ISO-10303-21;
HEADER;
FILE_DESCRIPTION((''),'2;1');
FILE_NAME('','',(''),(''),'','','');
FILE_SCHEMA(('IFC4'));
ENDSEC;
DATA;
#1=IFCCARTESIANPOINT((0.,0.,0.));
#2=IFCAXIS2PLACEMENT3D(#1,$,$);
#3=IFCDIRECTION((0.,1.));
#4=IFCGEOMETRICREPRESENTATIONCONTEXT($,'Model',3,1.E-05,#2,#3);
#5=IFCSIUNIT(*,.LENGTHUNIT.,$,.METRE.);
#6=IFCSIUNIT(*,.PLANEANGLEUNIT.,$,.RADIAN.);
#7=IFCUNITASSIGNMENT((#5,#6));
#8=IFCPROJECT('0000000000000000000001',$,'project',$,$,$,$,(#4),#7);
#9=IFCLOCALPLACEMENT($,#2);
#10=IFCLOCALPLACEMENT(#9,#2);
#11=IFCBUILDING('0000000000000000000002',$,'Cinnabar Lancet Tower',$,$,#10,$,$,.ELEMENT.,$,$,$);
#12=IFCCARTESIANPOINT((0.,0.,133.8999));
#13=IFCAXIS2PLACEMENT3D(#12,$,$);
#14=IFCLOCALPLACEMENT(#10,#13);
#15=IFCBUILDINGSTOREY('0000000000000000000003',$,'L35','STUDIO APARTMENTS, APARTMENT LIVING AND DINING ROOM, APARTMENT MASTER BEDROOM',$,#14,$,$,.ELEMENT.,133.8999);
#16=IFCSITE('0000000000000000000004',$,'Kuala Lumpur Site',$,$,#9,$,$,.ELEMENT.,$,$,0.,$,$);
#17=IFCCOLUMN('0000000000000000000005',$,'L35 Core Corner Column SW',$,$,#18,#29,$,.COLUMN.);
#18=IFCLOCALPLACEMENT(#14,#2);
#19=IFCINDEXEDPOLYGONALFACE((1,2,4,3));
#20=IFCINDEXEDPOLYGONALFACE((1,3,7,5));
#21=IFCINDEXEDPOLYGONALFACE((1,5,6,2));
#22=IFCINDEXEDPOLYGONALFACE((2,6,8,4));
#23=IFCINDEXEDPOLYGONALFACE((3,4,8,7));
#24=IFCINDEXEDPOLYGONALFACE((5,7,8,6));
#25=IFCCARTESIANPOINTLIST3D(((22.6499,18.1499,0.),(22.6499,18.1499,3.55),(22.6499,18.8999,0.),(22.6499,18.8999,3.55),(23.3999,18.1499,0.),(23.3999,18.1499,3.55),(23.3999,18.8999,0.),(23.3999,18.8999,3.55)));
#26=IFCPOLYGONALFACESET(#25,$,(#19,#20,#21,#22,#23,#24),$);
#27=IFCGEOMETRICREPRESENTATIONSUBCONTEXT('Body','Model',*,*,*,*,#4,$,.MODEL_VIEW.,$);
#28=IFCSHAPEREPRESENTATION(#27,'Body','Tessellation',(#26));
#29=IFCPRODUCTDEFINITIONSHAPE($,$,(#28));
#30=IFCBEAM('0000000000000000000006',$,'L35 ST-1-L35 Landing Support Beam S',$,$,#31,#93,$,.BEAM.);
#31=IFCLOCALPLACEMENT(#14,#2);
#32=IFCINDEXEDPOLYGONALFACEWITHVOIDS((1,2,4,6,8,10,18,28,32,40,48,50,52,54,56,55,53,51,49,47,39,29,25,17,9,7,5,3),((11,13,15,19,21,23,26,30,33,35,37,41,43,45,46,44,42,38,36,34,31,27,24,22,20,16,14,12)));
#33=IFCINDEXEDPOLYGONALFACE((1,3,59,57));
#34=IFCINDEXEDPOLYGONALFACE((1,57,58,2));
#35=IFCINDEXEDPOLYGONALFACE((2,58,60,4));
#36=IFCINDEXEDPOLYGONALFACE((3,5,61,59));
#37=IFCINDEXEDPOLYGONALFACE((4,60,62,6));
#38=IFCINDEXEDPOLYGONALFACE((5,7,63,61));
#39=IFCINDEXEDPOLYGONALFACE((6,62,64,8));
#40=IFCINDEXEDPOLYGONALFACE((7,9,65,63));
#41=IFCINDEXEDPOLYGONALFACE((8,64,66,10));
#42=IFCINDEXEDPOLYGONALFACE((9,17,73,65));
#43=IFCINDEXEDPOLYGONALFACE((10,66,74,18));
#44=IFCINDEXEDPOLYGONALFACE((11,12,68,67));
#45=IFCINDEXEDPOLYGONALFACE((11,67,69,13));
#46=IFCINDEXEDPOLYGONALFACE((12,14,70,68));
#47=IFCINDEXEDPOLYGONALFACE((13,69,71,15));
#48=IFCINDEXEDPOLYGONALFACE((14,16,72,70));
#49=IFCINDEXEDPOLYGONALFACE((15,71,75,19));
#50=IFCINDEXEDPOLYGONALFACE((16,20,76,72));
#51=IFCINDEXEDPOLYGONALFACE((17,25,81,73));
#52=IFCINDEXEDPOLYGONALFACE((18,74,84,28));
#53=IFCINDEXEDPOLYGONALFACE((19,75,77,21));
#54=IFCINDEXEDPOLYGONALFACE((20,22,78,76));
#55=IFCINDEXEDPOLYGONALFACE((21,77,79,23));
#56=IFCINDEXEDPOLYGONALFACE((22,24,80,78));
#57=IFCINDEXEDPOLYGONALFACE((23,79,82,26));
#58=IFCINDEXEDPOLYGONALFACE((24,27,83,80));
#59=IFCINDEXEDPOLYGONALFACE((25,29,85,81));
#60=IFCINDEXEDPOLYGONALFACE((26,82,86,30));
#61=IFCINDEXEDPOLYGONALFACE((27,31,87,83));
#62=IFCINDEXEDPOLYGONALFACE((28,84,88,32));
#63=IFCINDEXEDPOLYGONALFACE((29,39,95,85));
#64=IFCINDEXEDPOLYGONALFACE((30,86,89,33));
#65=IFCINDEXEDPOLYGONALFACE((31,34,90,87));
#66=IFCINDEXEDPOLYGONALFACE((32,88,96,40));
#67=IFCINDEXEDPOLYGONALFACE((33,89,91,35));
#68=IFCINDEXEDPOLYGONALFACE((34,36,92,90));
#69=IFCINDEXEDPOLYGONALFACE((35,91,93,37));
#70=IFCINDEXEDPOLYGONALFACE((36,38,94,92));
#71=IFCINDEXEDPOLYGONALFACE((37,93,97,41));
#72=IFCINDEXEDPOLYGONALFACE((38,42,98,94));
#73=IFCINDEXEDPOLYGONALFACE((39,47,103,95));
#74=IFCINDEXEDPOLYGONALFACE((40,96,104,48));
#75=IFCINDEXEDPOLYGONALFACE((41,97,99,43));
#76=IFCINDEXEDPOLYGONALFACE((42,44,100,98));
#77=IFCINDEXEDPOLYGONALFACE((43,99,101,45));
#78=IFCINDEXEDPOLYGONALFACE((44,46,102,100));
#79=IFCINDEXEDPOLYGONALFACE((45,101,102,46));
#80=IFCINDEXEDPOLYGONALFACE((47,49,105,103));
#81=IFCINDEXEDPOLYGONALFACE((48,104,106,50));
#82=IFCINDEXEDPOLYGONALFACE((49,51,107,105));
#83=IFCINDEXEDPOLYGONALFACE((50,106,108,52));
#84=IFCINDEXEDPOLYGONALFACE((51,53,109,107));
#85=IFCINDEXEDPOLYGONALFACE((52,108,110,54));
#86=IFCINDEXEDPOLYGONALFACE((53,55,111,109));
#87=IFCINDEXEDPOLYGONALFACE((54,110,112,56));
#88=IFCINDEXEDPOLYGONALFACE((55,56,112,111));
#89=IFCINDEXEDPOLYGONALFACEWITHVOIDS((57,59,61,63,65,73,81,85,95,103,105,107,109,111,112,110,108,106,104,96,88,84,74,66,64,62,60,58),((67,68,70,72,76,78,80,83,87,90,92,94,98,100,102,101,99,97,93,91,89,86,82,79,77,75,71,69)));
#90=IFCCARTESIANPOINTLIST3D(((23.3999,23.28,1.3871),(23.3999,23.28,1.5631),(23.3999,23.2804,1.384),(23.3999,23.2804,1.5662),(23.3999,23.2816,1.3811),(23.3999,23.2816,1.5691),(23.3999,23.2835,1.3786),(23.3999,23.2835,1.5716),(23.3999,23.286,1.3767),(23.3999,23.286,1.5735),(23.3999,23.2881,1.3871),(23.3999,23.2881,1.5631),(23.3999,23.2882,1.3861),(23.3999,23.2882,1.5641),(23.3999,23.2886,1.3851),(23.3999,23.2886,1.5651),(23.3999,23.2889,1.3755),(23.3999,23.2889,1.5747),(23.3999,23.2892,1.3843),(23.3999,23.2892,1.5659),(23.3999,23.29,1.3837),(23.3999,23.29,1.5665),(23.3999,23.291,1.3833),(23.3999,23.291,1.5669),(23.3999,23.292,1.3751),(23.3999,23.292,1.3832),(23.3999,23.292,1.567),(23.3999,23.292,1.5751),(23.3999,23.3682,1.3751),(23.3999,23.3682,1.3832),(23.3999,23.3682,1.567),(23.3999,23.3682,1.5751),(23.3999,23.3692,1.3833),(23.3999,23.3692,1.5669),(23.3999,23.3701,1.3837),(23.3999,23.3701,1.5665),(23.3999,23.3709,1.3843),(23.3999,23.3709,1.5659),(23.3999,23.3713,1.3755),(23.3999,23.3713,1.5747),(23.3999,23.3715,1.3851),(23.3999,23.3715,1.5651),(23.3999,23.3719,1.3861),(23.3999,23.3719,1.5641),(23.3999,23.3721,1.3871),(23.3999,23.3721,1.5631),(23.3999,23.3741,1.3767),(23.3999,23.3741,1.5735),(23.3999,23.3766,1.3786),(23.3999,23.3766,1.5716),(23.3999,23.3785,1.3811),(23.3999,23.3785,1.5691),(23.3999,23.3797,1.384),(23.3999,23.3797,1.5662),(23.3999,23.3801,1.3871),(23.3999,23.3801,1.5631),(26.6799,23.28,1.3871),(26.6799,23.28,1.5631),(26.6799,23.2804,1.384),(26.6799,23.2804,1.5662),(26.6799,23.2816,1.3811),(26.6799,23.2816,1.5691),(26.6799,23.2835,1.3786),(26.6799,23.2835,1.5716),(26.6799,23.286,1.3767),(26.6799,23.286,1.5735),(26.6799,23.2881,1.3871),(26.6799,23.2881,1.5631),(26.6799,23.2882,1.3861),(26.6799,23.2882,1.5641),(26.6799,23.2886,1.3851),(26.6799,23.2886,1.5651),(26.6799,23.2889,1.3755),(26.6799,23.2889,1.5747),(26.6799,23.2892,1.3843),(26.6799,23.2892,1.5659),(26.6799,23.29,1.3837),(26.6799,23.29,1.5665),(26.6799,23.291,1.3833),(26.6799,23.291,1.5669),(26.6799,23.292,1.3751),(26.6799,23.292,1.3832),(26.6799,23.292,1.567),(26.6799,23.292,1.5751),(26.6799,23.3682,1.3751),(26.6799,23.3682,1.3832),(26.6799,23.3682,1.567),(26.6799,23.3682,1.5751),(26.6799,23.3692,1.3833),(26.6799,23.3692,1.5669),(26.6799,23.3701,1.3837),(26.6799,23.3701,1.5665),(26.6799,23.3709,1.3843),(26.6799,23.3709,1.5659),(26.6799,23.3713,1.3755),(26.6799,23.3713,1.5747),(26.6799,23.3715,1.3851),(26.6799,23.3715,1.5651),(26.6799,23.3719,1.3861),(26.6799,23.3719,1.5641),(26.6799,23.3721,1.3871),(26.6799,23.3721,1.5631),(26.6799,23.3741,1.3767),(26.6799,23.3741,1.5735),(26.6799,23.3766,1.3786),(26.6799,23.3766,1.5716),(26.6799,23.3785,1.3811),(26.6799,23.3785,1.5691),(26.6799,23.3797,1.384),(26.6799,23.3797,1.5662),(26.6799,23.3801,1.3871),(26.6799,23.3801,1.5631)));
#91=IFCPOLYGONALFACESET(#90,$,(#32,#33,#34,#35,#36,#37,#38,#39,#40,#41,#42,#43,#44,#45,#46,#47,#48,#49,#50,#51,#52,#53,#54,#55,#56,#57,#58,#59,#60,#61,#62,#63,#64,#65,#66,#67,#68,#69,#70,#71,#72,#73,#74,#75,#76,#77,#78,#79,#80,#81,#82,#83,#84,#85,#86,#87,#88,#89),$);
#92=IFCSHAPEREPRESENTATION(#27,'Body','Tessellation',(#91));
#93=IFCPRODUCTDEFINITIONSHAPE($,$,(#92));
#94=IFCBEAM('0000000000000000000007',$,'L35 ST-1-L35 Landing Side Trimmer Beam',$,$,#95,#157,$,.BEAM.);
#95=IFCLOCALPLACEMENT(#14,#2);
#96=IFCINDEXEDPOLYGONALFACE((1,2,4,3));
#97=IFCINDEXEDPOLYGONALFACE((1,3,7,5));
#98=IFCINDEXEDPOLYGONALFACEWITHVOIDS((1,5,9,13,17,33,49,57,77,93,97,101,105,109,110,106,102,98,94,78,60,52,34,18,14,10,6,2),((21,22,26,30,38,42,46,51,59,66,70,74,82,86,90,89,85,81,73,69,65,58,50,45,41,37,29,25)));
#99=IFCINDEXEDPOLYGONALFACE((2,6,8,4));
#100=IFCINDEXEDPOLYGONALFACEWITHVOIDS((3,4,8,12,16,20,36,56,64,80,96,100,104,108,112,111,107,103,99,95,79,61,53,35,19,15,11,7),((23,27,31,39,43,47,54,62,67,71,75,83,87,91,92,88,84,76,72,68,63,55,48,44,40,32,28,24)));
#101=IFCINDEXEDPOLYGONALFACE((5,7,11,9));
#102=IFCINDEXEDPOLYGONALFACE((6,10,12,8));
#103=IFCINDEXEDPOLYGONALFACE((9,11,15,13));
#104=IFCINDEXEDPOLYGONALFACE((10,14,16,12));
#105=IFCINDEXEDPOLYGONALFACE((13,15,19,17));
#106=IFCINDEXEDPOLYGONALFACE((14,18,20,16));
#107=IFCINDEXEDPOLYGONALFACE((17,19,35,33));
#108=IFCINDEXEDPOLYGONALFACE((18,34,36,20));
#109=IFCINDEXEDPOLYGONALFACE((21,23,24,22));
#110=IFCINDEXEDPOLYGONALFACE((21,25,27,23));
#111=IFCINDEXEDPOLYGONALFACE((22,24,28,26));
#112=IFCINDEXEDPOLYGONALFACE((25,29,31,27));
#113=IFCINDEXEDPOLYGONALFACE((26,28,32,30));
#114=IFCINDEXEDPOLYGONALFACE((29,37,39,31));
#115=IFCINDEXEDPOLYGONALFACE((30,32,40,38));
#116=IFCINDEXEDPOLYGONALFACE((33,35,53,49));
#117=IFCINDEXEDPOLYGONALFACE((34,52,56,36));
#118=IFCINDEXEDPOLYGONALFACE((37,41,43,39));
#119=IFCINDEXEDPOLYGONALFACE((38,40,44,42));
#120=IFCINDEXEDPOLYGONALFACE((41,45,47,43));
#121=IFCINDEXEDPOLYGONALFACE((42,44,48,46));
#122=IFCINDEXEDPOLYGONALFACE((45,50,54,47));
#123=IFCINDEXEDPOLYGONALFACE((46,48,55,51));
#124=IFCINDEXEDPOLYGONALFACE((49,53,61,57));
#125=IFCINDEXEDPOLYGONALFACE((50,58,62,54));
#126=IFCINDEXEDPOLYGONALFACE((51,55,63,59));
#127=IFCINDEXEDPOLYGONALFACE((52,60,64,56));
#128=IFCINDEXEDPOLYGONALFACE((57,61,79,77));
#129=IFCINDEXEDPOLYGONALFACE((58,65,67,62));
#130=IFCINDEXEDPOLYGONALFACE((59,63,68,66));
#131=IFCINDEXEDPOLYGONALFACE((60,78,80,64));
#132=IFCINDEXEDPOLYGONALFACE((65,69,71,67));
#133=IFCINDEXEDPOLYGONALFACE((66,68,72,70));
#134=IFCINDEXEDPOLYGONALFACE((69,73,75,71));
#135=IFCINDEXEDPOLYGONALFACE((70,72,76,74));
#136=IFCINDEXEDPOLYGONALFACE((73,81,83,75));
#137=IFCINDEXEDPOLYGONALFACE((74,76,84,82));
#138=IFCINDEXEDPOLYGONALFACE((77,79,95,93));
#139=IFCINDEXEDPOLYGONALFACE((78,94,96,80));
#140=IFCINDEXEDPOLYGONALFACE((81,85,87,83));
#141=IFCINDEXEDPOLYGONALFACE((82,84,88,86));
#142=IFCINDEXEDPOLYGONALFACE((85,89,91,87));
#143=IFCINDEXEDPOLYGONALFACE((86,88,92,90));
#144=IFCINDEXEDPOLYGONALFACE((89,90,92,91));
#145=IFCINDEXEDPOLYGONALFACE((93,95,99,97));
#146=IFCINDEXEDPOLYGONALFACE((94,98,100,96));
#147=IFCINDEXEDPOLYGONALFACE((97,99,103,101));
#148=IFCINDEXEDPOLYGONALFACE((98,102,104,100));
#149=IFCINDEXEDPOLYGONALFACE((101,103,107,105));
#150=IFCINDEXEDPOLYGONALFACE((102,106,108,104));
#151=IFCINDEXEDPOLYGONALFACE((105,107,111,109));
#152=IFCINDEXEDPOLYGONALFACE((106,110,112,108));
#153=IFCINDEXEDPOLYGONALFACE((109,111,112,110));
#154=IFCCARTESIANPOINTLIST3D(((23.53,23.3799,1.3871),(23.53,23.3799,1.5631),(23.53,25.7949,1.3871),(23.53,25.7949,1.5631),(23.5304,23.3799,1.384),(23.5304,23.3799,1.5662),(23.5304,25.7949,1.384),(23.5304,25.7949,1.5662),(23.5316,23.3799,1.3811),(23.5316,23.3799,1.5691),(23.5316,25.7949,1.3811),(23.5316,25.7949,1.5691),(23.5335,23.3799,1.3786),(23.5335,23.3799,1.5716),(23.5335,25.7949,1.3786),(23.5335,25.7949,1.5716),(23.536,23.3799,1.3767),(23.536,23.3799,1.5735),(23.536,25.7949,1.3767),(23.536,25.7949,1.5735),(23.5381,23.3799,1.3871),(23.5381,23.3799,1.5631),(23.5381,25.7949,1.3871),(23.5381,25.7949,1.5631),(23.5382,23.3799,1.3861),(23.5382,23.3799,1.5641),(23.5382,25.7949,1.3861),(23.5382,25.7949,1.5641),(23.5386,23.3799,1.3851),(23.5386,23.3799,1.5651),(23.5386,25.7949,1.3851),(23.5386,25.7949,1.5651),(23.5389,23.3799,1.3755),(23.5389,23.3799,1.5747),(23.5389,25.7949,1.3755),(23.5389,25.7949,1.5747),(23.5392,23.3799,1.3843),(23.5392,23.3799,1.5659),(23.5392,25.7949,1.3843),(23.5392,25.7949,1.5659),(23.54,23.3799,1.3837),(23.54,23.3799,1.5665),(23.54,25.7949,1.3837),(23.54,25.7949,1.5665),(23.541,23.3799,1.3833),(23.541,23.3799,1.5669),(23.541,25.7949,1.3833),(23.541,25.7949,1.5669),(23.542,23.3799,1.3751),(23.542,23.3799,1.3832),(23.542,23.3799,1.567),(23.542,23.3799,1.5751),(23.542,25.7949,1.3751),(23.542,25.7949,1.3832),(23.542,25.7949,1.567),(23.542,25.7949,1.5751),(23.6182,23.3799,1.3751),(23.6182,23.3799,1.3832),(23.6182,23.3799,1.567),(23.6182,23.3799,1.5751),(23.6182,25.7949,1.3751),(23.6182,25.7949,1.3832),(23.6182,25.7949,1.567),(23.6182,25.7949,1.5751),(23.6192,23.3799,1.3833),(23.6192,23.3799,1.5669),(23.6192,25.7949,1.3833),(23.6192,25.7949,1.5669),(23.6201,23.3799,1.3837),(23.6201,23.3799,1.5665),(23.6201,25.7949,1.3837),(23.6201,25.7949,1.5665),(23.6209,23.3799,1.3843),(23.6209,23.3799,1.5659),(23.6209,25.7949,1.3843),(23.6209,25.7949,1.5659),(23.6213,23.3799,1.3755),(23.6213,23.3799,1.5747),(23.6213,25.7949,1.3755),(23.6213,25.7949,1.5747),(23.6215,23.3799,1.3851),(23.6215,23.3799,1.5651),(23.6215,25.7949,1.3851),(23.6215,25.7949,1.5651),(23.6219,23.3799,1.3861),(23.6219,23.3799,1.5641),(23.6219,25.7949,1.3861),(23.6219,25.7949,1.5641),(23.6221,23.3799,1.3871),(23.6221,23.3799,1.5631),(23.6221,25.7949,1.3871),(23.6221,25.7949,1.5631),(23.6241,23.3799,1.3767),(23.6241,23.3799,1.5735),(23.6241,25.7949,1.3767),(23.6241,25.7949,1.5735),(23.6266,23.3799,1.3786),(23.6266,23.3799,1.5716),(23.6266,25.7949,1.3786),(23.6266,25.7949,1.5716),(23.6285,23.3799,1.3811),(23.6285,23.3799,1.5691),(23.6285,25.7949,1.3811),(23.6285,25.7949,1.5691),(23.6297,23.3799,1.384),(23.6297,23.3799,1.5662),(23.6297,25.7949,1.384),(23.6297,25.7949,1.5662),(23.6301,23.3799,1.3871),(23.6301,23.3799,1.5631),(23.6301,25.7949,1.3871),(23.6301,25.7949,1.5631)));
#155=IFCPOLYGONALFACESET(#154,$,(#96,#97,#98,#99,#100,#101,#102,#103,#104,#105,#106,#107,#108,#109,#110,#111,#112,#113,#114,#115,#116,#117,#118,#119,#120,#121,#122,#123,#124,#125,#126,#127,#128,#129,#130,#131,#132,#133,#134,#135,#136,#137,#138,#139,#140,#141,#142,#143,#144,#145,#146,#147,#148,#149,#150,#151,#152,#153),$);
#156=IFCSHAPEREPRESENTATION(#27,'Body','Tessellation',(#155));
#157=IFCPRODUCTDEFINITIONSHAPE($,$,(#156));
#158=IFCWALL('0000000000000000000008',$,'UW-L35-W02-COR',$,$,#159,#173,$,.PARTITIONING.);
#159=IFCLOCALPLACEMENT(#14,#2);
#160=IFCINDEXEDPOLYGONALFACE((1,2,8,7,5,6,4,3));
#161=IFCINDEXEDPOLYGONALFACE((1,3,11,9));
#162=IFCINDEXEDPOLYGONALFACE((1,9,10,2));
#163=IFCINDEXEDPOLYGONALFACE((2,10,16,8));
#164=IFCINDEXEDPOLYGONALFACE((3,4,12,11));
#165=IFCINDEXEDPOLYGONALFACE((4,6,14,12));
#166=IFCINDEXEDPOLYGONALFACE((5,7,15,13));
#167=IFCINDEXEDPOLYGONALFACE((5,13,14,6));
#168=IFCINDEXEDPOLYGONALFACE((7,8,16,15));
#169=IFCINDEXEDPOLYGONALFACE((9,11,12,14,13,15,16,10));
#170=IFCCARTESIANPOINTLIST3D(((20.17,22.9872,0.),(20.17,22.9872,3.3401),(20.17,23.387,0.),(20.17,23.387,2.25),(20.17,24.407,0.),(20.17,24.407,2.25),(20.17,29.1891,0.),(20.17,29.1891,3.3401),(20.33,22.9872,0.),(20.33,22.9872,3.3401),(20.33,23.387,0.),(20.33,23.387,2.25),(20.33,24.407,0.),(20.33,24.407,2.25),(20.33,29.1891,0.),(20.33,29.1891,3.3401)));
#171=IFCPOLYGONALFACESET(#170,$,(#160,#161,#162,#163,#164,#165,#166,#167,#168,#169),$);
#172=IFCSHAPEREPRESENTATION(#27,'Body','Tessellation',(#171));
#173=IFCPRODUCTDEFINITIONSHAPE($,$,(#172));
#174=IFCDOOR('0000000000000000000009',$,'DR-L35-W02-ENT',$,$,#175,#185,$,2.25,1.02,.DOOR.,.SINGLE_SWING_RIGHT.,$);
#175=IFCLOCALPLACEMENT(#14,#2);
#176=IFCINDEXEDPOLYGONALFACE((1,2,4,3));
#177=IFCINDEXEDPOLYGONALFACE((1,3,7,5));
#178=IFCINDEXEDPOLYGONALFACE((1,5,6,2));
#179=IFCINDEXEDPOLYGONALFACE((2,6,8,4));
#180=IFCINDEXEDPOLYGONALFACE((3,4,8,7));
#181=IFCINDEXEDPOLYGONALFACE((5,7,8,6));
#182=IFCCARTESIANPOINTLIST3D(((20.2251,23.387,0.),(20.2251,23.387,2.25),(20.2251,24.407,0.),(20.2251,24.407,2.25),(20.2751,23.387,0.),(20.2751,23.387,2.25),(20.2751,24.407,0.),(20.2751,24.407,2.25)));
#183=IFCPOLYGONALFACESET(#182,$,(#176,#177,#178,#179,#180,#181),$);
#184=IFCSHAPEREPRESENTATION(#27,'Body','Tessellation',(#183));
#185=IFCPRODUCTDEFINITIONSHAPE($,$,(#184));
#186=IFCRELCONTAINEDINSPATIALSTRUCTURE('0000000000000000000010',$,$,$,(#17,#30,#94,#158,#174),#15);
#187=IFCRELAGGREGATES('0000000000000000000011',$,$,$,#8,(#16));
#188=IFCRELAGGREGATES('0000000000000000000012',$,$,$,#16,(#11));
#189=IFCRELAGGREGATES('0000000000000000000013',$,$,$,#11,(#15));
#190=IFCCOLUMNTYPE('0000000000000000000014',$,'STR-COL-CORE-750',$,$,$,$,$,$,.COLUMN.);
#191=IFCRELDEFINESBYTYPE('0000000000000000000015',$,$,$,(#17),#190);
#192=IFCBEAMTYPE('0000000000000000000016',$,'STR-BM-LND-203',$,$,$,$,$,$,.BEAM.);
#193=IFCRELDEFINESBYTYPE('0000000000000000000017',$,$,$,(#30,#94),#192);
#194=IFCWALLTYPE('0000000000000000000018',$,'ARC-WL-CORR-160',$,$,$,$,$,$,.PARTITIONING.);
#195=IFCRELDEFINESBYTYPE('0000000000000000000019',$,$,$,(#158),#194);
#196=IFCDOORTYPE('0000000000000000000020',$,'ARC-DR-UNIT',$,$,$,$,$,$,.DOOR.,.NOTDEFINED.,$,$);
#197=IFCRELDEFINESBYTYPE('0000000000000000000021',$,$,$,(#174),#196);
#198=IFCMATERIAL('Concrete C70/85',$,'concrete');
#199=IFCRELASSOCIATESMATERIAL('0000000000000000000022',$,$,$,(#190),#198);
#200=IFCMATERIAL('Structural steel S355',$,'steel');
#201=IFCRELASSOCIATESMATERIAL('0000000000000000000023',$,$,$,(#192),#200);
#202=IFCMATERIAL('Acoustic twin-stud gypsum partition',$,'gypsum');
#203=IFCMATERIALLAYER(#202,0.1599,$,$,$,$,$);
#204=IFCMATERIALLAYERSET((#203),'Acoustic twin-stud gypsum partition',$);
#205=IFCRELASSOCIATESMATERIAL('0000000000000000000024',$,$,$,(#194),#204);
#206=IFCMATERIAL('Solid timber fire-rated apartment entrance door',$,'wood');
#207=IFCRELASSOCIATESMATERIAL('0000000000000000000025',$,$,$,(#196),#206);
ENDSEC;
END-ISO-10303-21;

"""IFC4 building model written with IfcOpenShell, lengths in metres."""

from ifc_helpers import new_model, si_unit, direction, frame, frame_2d, origin, origin_2d, place, context, subcontext, project, spatial, rectangle, hollow_rectangle, extrude, material, layer, layer_set, material_profile, profile_set, type_object, element, fill, save


model = new_model("IFC4")

# Units and contexts
model_context = context("Model", 3, precision=1e-05, world=origin(), true_north=direction((0.0, 1.0)))
body_context = subcontext(model_context, "Body", "Model", "MODEL_VIEW")
ifc_project = project(units=[si_unit("LENGTHUNIT", "METRE"), si_unit("PLANEANGLEUNIT", "RADIAN")], contexts=[model_context])

# Site, building, storey
site_placement = place(None, origin())
site = spatial("IfcSite", under=ifc_project, at=site_placement, Name="Kuala Lumpur Site", CompositionType="ELEMENT", RefElevation=0.0)
building_placement = place(site_placement, origin())
building = spatial("IfcBuilding", under=site, at=building_placement, Name="Cinnabar Lancet Tower", CompositionType="ELEMENT")
storey_placement = place(building_placement, frame((0.0, 0.0, 133.8999)))
storey = spatial("IfcBuildingStorey", under=building, at=storey_placement, Name="L35", Description="STUDIO APARTMENTS, APARTMENT LIVING AND DINING ROOM, APARTMENT MASTER BEDROOM", CompositionType="ELEMENT", Elevation=133.8999)

# Column
ifc_material_1 = material(Name="Concrete C70/85", Category="concrete")
ifc_material_profile_1 = material_profile(ifc_material_1, rectangle(XDim=0.75, YDim=0.75, at=origin_2d()), Name="RC-COL 750x750")
ifc_profile_set_1 = profile_set([ifc_material_profile_1], Name="Concrete C70/85")
column_type = type_object("IfcColumnType", Name="STR-COL-CORE-750", PredefinedType="COLUMN", material=ifc_profile_set_1)
column_placement = place(storey_placement, frame((23.0249, 18.5249, 0.0), z_axis=(0.0, 0.0, 1.0), x_axis=(1.0, 0.0, 0.0)))
element("IfcColumn", 1, at=column_placement, inside=storey, type_object=column_type, Name="L35 Core Corner Column SW", PredefinedType="COLUMN", context=body_context, shape_type="SweptSolid", body=[
    extrude(rectangle(XDim=0.75, YDim=0.75, at=origin_2d()), origin(), (0.0, 0.0, 1.0), 3.55),
])

# Beams
ifc_material_2 = material(Name="Structural steel S355", Category="steel")
ifc_material_profile_2 = material_profile(ifc_material_2, hollow_rectangle(XDim=0.1001, YDim=0.2, WallThickness=0.0081, InnerFilletRadius=0.0039, OuterFilletRadius=0.012, at=origin_2d()), Name="RHS 200x100x8")
ifc_profile_set_2 = profile_set([ifc_material_profile_2], Name="Structural steel S355")
beam_type = type_object("IfcBeamType", Name="STR-BM-LND-203", PredefinedType="BEAM", material=ifc_profile_set_2)
beam_1_placement = place(storey_placement, frame((23.3999, 23.3301, 1.4751), z_axis=(1.0, 0.0, 0.0), x_axis=(0.0, 1.0, 0.0)))
element("IfcBeam", 2, at=beam_1_placement, inside=storey, type_object=beam_type, Name="L35 ST-1-L35 Landing Support Beam S", PredefinedType="BEAM", context=body_context, shape_type="SweptSolid", body=[
    extrude(hollow_rectangle(XDim=0.1001, YDim=0.2, WallThickness=0.0081, InnerFilletRadius=0.0039, OuterFilletRadius=0.012, at=origin_2d()), origin(), (0.0, 0.0, 1.0), 3.28),
])
beam_2_placement = place(storey_placement, frame((23.5801, 23.3799, 1.4751), z_axis=(0.0, 1.0, 0.0), x_axis=(-1.0, 0.0, 0.0)))
element("IfcBeam", 3, at=beam_2_placement, inside=storey, type_object=beam_type, Name="L35 ST-1-L35 Landing Side Trimmer Beam", PredefinedType="BEAM", context=body_context, shape_type="SweptSolid", body=[
    extrude(hollow_rectangle(XDim=0.1001, YDim=0.2, WallThickness=0.0081, InnerFilletRadius=0.0039, OuterFilletRadius=0.012, at=origin_2d()), origin(), (0.0, 0.0, 1.0), 2.415),
])

# Wall, opening, door
ifc_material_3 = material(Name="Acoustic twin-stud gypsum partition", Category="gypsum")
ifc_layer_1 = layer(ifc_material_3, 0.1599)
ifc_layer_set_1 = layer_set([ifc_layer_1], Name="Acoustic twin-stud gypsum partition")
wall_type_1 = type_object("IfcWallType", Name="ARC-WL-CORR-160", PredefinedType="PARTITIONING", material=ifc_layer_set_1)
wall_1_placement = place(storey_placement, frame((20.25, 22.9871, 0.0), z_axis=(0.0, 0.0, 1.0), x_axis=(0.0, 1.0, 0.0)))
wall_1 = element("IfcWall", 4, at=wall_1_placement, inside=storey, type_object=wall_type_1, Name="UW-L35-W02-COR", PredefinedType="PARTITIONING", context=body_context, shape_type="SweptSolid", body=[
    extrude(rectangle(XDim=6.2019, YDim=0.1599, at=frame_2d((3.1011, 0.0))), origin(), (0.0, 0.0, 1.0), 3.3401),
])
opening_1_placement = place(wall_1_placement, frame((0.3999, 0.0, 0.0)))
opening_1 = element("IfcOpeningElement", 5, at=opening_1_placement, cuts=wall_1, PredefinedType="OPENING", context=body_context, shape_type="SweptSolid", body=[
    extrude(rectangle(XDim=1.02, YDim=2.25, at=frame_2d((0.51, 1.125))), frame((0.0, 0.0898, 0.0), z_axis=(0.0, -1.0, 0.0), x_axis=(1.0, 0.0, 0.0)), (0.0, 0.0, 1.0), 0.1799),
])
ifc_material_4 = material(Name="Solid timber fire-rated apartment entrance door", Category="wood")
door_type_1 = type_object("IfcDoorType", Name="ARC-DR-UNIT", OperationType="NOTDEFINED", PredefinedType="DOOR", material=ifc_material_4)
door_1_placement = place(opening_1_placement, origin())
door_1 = element("IfcDoor", 6, at=door_1_placement, inside=storey, type_object=door_type_1, Name="DR-L35-W02-ENT", OperationType="SINGLE_SWING_RIGHT", OverallHeight=2.25, OverallWidth=1.02, PredefinedType="DOOR", context=body_context, shape_type="SweptSolid", body=[
    extrude(rectangle(XDim=1.02, YDim=2.25, at=frame_2d((0.51, 1.125))), frame((0.0, 0.0249, 0.0), z_axis=(0.0, -1.0, 0.0), x_axis=(1.0, 0.0, 0.0)), (0.0, 0.0, 1.0), 0.05),
])
fill(opening_1, door_1)

save(model, "model.ifc")
